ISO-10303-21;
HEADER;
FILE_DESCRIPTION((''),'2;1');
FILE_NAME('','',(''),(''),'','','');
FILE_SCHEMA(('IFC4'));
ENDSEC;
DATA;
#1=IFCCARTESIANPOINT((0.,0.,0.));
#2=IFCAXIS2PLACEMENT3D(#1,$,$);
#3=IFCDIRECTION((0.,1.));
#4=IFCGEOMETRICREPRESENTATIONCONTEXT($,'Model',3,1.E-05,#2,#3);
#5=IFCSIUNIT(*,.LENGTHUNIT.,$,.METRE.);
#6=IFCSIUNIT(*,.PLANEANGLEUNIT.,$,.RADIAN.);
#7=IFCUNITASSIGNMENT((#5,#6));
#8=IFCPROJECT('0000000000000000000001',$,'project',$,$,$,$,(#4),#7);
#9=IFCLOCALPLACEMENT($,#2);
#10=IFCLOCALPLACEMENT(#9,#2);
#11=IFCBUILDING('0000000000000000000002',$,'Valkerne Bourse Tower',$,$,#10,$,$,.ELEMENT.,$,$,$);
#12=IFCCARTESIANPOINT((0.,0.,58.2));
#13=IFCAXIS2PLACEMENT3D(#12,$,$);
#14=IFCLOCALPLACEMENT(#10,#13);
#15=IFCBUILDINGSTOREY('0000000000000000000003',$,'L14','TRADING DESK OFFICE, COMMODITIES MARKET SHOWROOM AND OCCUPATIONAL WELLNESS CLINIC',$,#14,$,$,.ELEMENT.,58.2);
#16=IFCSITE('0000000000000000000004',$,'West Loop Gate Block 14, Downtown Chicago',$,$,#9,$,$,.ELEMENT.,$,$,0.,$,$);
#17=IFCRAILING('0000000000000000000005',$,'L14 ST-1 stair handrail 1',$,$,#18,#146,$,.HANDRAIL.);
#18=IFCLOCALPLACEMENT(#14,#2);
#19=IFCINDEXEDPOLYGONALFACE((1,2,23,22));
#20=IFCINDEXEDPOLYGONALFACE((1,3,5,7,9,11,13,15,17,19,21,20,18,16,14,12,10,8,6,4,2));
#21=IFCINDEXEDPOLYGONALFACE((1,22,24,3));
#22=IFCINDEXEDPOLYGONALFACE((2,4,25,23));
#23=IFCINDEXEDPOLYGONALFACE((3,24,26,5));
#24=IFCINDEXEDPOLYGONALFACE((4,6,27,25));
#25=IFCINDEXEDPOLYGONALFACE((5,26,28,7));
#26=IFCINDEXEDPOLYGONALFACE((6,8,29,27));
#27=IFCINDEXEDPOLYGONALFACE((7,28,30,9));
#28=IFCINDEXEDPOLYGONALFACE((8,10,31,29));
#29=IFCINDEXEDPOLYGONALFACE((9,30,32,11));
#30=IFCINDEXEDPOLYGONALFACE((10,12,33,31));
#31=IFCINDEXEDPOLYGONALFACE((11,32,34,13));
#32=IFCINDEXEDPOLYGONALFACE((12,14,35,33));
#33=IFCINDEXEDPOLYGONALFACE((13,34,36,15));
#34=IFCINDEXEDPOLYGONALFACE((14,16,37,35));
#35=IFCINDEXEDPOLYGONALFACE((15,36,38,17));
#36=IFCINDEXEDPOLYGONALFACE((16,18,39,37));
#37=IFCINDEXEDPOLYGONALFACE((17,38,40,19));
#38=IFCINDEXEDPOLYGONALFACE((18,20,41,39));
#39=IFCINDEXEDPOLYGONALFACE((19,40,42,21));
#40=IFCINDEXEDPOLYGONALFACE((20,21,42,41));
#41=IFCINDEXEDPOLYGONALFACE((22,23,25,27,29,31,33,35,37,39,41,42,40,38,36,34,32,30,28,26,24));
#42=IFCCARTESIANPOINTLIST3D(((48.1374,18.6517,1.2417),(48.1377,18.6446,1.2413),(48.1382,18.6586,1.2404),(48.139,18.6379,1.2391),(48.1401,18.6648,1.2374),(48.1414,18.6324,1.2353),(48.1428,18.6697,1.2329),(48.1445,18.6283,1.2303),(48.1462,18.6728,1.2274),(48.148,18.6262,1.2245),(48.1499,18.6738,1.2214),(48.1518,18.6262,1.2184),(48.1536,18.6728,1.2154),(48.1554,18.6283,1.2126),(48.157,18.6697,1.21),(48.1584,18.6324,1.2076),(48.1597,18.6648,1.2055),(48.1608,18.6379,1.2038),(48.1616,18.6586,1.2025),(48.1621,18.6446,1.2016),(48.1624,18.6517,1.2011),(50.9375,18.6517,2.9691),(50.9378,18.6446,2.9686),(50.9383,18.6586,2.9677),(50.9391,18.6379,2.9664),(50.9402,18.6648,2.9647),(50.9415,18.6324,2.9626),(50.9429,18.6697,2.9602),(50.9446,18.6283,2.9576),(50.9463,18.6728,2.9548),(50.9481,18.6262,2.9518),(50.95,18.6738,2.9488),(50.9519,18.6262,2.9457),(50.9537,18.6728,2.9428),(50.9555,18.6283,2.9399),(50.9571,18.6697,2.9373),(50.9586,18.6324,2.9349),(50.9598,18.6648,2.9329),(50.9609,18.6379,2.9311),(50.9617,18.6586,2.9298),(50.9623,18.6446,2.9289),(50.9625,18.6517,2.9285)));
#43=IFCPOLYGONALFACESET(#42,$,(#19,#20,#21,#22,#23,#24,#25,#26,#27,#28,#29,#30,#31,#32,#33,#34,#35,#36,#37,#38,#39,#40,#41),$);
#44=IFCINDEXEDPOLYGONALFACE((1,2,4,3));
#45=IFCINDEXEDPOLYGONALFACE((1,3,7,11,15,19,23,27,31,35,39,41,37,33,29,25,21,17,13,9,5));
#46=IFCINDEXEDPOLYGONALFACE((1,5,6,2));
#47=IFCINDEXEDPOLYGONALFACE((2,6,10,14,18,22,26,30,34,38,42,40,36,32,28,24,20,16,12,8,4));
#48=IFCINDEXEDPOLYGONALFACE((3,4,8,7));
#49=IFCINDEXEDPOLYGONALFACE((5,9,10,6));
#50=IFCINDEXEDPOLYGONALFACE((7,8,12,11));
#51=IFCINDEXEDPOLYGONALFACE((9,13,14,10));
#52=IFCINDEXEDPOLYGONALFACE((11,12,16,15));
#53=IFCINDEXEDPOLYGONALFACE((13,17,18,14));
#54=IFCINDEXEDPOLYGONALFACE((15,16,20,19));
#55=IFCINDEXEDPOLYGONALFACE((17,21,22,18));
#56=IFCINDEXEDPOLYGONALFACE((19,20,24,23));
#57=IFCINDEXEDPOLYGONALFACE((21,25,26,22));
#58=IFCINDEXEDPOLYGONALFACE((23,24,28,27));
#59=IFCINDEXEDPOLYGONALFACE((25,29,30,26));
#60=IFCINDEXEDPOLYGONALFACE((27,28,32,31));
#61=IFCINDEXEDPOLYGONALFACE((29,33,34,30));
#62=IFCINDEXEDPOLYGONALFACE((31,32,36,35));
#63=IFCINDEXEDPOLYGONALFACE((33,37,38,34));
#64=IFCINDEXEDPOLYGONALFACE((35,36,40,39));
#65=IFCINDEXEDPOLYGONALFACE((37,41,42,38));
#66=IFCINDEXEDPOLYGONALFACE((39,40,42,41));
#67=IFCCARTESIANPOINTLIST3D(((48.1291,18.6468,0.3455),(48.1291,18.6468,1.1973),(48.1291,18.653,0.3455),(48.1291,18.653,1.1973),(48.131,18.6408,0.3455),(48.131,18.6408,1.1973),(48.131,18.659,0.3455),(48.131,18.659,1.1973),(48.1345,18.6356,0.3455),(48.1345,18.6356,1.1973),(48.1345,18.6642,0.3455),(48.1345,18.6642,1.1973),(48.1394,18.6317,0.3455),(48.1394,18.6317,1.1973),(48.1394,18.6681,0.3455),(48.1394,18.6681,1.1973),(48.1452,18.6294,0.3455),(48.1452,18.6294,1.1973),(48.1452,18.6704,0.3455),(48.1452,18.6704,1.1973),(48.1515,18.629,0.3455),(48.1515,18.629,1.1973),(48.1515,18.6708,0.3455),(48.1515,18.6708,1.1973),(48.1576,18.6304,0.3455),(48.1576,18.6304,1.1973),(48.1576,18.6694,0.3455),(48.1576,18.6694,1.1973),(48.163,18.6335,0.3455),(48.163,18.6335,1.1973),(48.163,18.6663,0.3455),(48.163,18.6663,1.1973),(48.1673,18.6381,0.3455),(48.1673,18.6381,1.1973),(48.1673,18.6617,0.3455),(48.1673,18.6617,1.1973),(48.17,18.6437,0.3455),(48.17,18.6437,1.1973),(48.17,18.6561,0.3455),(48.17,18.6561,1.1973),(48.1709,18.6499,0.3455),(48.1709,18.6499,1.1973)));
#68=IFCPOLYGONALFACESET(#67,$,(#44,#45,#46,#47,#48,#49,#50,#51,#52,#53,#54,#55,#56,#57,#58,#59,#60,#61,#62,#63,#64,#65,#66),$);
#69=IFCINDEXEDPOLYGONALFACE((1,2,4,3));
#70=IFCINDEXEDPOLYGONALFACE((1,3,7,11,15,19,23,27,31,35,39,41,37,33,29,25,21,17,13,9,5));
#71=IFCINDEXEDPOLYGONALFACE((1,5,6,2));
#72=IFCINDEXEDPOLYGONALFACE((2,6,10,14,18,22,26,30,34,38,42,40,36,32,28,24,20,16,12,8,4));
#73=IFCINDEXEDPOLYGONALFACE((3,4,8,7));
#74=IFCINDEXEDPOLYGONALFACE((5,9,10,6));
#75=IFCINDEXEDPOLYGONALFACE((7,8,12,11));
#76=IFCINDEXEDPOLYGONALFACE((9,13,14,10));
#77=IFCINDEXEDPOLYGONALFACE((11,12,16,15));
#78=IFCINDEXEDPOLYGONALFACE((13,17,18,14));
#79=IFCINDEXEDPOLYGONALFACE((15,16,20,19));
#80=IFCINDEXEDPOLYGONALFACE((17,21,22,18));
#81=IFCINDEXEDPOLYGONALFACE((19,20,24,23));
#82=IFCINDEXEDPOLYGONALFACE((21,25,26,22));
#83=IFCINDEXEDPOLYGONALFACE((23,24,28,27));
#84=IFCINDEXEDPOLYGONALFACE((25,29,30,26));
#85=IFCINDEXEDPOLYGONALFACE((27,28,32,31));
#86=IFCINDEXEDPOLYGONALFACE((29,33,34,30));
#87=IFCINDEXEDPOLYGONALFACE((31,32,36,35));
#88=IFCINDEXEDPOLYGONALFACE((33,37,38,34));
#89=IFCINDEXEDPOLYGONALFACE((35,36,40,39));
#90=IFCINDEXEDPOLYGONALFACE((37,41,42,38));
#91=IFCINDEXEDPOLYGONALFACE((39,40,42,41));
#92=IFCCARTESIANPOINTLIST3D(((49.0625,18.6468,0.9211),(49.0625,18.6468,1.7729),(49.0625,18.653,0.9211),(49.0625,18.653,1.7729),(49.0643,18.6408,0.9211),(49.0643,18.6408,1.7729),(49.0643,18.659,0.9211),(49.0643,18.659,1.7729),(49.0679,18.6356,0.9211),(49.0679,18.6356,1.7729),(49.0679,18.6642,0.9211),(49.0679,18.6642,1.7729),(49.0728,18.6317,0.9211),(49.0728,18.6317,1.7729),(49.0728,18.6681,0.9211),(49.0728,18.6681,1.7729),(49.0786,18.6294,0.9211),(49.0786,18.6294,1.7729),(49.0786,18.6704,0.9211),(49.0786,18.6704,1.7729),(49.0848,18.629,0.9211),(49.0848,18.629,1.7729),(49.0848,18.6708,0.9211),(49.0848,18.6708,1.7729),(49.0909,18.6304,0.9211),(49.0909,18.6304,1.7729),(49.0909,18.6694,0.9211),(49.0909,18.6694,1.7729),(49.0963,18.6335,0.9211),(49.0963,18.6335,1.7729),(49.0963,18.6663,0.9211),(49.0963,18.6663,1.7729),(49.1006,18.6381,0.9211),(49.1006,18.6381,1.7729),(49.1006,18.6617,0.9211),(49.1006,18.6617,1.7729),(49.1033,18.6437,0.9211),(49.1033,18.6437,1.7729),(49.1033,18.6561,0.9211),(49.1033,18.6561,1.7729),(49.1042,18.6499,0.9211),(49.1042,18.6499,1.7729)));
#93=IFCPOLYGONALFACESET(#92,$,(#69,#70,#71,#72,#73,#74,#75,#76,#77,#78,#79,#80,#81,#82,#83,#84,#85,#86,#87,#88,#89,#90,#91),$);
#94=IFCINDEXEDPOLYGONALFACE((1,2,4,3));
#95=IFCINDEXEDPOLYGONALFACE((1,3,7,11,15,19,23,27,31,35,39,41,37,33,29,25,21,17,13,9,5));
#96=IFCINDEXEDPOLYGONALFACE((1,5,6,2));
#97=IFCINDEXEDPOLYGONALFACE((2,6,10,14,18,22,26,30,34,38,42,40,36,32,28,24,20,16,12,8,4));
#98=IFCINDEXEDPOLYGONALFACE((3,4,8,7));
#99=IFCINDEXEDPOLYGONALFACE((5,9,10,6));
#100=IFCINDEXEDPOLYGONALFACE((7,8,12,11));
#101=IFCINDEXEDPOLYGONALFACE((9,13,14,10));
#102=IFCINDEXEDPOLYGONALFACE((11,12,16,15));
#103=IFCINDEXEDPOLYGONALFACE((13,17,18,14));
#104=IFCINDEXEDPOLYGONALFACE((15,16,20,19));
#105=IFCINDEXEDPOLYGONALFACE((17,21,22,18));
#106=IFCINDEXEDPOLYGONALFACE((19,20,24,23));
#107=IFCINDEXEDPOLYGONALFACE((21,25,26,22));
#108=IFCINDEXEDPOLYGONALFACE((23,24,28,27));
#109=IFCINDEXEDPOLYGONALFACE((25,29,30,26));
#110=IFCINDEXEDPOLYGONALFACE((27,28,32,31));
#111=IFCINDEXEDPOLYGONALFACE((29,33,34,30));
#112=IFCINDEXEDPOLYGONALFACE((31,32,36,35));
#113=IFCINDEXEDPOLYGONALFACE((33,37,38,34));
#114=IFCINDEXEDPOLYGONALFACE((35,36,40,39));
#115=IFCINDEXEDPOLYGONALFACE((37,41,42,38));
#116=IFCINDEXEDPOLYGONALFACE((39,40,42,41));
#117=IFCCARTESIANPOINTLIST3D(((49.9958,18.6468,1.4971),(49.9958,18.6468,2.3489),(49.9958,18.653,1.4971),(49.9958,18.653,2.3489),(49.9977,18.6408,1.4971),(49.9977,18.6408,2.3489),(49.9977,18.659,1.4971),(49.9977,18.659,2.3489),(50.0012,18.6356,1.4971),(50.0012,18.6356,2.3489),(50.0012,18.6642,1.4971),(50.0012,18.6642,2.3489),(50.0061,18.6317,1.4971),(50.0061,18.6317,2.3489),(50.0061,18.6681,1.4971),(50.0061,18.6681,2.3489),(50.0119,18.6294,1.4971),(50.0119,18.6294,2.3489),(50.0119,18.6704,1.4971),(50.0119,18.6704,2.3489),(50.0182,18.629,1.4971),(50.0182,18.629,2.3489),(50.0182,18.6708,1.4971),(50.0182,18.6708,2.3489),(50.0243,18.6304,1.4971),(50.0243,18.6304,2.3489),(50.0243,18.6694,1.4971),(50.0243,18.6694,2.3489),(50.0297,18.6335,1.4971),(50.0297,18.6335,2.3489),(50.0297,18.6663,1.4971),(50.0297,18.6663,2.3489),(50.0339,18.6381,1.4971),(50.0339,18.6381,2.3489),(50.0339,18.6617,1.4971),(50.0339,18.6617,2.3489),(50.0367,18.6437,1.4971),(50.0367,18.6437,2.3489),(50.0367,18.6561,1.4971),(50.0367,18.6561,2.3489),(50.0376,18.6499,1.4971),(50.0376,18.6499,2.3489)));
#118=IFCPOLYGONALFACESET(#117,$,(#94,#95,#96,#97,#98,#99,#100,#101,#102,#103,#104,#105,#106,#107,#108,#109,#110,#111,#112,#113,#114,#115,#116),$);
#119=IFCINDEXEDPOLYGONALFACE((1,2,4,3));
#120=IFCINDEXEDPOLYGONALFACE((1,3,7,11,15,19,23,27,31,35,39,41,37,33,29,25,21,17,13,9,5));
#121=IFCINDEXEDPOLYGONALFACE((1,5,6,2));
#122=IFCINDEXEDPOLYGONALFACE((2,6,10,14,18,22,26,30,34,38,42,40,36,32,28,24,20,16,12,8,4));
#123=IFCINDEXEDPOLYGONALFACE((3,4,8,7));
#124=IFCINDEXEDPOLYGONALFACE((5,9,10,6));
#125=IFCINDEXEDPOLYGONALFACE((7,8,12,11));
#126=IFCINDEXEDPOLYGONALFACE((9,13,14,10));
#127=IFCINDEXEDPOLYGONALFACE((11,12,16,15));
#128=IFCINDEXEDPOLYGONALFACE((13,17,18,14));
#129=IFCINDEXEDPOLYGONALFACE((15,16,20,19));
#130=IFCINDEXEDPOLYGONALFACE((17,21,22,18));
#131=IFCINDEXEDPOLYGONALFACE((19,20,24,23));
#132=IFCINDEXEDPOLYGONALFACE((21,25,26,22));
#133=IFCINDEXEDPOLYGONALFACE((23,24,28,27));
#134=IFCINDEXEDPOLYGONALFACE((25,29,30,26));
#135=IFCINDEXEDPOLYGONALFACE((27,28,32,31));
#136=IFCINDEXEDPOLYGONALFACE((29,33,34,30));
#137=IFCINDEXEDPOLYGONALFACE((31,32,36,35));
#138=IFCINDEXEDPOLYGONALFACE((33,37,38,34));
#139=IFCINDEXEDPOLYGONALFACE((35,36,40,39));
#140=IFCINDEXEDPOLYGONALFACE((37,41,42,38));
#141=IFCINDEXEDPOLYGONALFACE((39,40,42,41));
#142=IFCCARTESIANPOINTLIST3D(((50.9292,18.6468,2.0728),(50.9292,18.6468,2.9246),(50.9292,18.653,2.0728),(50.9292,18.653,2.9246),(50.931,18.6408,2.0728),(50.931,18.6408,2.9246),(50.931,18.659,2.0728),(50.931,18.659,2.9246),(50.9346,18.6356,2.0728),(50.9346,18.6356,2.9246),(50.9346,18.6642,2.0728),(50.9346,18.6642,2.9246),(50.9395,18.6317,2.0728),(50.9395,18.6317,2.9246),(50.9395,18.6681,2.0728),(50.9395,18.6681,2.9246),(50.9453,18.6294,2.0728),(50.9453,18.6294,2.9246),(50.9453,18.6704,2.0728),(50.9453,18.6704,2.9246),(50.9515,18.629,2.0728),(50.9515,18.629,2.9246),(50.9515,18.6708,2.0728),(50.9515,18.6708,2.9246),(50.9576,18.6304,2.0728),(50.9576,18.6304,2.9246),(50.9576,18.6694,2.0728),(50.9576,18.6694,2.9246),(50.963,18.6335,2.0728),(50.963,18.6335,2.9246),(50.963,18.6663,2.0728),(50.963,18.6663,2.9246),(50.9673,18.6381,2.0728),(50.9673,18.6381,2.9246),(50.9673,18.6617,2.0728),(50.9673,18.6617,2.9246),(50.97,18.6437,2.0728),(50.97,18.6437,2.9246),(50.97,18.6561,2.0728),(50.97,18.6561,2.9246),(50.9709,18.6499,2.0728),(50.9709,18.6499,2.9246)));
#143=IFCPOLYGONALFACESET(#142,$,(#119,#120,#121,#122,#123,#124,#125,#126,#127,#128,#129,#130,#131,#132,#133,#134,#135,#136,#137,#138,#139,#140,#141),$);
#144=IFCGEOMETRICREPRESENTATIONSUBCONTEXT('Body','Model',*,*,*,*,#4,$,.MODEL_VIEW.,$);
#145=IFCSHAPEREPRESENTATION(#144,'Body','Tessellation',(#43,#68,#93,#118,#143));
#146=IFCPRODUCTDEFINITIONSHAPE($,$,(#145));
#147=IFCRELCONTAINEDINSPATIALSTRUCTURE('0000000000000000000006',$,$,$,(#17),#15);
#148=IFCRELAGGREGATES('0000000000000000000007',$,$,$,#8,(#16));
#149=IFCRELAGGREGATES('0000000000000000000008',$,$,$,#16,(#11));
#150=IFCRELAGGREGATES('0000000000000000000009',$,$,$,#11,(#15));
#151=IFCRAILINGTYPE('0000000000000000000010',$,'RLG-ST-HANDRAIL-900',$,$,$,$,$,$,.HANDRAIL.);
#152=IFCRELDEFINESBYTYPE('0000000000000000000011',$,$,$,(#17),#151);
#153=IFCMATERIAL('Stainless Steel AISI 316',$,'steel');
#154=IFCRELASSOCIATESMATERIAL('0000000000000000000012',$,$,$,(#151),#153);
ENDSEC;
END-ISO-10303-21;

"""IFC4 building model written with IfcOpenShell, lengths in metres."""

from ifc_helpers import new_model, si_unit, direction, frame, origin, origin_2d, place, context, subcontext, project, spatial, circle, extrude, material, type_object, element, save


model = new_model("IFC4")

# Units and contexts
model_context = context("Model", 3, precision=1e-05, world=origin(), true_north=direction((0.0, 1.0)))
body_context = subcontext(model_context, "Body", "Model", "MODEL_VIEW")
ifc_project = project(units=[si_unit("LENGTHUNIT", "METRE"), si_unit("PLANEANGLEUNIT", "RADIAN")], contexts=[model_context])

# Site, building, storey
site_placement = place(None, origin())
site = spatial("IfcSite", under=ifc_project, at=site_placement, Name="West Loop Gate Block 14, Downtown Chicago", CompositionType="ELEMENT", RefElevation=0.0)
building_placement = place(site_placement, origin())
building = spatial("IfcBuilding", under=site, at=building_placement, Name="Valkerne Bourse Tower", CompositionType="ELEMENT")
storey_placement = place(building_placement, frame((0.0, 0.0, 58.2)))
storey = spatial("IfcBuildingStorey", under=building, at=storey_placement, Name="L14", Description="TRADING DESK OFFICE, COMMODITIES MARKET SHOWROOM AND OCCUPATIONAL WELLNESS CLINIC", CompositionType="ELEMENT", Elevation=58.2)

# Shared definitions
ifc_material_1 = material(Name="Stainless Steel AISI 316", Category="steel")

# Railing
railing_type_1 = type_object("IfcRailingType", Name="RLG-ST-HANDRAIL-900", PredefinedType="HANDRAIL", material=ifc_material_1)
railing_1_placement = place(storey_placement, frame((48.1499, 18.6499, 0.3455)))
element("IfcRailing", 1, at=railing_1_placement, inside=storey, type_object=railing_type_1, Name="L14 ST-1 stair handrail 1", PredefinedType="HANDRAIL", context=body_context, shape_type="SweptSolid", body=[
    extrude(circle(Radius=0.0239, at=origin_2d()), frame((0.0, 0.0, 0.876), z_axis=(0.85109, 0.0, 0.52502), x_axis=(0.0, 1.0, 0.0)), (0.0, 0.0, 1.0), 3.29),
    extrude(circle(Radius=0.021, at=origin_2d()), origin(), (0.0, 0.0, 1.0), 0.8518),
    extrude(circle(Radius=0.021, at=origin_2d()), frame((0.9333, 0.0, 0.5757)), (0.0, 0.0, 1.0), 0.8518),
    extrude(circle(Radius=0.021, at=origin_2d()), frame((1.8667, 0.0, 1.1516)), (0.0, 0.0, 1.0), 0.8518),
    extrude(circle(Radius=0.021, at=origin_2d()), frame((2.8, 0.0, 1.7273)), (0.0, 0.0, 1.0), 0.8518),
])

save(model, "model.ifc")
